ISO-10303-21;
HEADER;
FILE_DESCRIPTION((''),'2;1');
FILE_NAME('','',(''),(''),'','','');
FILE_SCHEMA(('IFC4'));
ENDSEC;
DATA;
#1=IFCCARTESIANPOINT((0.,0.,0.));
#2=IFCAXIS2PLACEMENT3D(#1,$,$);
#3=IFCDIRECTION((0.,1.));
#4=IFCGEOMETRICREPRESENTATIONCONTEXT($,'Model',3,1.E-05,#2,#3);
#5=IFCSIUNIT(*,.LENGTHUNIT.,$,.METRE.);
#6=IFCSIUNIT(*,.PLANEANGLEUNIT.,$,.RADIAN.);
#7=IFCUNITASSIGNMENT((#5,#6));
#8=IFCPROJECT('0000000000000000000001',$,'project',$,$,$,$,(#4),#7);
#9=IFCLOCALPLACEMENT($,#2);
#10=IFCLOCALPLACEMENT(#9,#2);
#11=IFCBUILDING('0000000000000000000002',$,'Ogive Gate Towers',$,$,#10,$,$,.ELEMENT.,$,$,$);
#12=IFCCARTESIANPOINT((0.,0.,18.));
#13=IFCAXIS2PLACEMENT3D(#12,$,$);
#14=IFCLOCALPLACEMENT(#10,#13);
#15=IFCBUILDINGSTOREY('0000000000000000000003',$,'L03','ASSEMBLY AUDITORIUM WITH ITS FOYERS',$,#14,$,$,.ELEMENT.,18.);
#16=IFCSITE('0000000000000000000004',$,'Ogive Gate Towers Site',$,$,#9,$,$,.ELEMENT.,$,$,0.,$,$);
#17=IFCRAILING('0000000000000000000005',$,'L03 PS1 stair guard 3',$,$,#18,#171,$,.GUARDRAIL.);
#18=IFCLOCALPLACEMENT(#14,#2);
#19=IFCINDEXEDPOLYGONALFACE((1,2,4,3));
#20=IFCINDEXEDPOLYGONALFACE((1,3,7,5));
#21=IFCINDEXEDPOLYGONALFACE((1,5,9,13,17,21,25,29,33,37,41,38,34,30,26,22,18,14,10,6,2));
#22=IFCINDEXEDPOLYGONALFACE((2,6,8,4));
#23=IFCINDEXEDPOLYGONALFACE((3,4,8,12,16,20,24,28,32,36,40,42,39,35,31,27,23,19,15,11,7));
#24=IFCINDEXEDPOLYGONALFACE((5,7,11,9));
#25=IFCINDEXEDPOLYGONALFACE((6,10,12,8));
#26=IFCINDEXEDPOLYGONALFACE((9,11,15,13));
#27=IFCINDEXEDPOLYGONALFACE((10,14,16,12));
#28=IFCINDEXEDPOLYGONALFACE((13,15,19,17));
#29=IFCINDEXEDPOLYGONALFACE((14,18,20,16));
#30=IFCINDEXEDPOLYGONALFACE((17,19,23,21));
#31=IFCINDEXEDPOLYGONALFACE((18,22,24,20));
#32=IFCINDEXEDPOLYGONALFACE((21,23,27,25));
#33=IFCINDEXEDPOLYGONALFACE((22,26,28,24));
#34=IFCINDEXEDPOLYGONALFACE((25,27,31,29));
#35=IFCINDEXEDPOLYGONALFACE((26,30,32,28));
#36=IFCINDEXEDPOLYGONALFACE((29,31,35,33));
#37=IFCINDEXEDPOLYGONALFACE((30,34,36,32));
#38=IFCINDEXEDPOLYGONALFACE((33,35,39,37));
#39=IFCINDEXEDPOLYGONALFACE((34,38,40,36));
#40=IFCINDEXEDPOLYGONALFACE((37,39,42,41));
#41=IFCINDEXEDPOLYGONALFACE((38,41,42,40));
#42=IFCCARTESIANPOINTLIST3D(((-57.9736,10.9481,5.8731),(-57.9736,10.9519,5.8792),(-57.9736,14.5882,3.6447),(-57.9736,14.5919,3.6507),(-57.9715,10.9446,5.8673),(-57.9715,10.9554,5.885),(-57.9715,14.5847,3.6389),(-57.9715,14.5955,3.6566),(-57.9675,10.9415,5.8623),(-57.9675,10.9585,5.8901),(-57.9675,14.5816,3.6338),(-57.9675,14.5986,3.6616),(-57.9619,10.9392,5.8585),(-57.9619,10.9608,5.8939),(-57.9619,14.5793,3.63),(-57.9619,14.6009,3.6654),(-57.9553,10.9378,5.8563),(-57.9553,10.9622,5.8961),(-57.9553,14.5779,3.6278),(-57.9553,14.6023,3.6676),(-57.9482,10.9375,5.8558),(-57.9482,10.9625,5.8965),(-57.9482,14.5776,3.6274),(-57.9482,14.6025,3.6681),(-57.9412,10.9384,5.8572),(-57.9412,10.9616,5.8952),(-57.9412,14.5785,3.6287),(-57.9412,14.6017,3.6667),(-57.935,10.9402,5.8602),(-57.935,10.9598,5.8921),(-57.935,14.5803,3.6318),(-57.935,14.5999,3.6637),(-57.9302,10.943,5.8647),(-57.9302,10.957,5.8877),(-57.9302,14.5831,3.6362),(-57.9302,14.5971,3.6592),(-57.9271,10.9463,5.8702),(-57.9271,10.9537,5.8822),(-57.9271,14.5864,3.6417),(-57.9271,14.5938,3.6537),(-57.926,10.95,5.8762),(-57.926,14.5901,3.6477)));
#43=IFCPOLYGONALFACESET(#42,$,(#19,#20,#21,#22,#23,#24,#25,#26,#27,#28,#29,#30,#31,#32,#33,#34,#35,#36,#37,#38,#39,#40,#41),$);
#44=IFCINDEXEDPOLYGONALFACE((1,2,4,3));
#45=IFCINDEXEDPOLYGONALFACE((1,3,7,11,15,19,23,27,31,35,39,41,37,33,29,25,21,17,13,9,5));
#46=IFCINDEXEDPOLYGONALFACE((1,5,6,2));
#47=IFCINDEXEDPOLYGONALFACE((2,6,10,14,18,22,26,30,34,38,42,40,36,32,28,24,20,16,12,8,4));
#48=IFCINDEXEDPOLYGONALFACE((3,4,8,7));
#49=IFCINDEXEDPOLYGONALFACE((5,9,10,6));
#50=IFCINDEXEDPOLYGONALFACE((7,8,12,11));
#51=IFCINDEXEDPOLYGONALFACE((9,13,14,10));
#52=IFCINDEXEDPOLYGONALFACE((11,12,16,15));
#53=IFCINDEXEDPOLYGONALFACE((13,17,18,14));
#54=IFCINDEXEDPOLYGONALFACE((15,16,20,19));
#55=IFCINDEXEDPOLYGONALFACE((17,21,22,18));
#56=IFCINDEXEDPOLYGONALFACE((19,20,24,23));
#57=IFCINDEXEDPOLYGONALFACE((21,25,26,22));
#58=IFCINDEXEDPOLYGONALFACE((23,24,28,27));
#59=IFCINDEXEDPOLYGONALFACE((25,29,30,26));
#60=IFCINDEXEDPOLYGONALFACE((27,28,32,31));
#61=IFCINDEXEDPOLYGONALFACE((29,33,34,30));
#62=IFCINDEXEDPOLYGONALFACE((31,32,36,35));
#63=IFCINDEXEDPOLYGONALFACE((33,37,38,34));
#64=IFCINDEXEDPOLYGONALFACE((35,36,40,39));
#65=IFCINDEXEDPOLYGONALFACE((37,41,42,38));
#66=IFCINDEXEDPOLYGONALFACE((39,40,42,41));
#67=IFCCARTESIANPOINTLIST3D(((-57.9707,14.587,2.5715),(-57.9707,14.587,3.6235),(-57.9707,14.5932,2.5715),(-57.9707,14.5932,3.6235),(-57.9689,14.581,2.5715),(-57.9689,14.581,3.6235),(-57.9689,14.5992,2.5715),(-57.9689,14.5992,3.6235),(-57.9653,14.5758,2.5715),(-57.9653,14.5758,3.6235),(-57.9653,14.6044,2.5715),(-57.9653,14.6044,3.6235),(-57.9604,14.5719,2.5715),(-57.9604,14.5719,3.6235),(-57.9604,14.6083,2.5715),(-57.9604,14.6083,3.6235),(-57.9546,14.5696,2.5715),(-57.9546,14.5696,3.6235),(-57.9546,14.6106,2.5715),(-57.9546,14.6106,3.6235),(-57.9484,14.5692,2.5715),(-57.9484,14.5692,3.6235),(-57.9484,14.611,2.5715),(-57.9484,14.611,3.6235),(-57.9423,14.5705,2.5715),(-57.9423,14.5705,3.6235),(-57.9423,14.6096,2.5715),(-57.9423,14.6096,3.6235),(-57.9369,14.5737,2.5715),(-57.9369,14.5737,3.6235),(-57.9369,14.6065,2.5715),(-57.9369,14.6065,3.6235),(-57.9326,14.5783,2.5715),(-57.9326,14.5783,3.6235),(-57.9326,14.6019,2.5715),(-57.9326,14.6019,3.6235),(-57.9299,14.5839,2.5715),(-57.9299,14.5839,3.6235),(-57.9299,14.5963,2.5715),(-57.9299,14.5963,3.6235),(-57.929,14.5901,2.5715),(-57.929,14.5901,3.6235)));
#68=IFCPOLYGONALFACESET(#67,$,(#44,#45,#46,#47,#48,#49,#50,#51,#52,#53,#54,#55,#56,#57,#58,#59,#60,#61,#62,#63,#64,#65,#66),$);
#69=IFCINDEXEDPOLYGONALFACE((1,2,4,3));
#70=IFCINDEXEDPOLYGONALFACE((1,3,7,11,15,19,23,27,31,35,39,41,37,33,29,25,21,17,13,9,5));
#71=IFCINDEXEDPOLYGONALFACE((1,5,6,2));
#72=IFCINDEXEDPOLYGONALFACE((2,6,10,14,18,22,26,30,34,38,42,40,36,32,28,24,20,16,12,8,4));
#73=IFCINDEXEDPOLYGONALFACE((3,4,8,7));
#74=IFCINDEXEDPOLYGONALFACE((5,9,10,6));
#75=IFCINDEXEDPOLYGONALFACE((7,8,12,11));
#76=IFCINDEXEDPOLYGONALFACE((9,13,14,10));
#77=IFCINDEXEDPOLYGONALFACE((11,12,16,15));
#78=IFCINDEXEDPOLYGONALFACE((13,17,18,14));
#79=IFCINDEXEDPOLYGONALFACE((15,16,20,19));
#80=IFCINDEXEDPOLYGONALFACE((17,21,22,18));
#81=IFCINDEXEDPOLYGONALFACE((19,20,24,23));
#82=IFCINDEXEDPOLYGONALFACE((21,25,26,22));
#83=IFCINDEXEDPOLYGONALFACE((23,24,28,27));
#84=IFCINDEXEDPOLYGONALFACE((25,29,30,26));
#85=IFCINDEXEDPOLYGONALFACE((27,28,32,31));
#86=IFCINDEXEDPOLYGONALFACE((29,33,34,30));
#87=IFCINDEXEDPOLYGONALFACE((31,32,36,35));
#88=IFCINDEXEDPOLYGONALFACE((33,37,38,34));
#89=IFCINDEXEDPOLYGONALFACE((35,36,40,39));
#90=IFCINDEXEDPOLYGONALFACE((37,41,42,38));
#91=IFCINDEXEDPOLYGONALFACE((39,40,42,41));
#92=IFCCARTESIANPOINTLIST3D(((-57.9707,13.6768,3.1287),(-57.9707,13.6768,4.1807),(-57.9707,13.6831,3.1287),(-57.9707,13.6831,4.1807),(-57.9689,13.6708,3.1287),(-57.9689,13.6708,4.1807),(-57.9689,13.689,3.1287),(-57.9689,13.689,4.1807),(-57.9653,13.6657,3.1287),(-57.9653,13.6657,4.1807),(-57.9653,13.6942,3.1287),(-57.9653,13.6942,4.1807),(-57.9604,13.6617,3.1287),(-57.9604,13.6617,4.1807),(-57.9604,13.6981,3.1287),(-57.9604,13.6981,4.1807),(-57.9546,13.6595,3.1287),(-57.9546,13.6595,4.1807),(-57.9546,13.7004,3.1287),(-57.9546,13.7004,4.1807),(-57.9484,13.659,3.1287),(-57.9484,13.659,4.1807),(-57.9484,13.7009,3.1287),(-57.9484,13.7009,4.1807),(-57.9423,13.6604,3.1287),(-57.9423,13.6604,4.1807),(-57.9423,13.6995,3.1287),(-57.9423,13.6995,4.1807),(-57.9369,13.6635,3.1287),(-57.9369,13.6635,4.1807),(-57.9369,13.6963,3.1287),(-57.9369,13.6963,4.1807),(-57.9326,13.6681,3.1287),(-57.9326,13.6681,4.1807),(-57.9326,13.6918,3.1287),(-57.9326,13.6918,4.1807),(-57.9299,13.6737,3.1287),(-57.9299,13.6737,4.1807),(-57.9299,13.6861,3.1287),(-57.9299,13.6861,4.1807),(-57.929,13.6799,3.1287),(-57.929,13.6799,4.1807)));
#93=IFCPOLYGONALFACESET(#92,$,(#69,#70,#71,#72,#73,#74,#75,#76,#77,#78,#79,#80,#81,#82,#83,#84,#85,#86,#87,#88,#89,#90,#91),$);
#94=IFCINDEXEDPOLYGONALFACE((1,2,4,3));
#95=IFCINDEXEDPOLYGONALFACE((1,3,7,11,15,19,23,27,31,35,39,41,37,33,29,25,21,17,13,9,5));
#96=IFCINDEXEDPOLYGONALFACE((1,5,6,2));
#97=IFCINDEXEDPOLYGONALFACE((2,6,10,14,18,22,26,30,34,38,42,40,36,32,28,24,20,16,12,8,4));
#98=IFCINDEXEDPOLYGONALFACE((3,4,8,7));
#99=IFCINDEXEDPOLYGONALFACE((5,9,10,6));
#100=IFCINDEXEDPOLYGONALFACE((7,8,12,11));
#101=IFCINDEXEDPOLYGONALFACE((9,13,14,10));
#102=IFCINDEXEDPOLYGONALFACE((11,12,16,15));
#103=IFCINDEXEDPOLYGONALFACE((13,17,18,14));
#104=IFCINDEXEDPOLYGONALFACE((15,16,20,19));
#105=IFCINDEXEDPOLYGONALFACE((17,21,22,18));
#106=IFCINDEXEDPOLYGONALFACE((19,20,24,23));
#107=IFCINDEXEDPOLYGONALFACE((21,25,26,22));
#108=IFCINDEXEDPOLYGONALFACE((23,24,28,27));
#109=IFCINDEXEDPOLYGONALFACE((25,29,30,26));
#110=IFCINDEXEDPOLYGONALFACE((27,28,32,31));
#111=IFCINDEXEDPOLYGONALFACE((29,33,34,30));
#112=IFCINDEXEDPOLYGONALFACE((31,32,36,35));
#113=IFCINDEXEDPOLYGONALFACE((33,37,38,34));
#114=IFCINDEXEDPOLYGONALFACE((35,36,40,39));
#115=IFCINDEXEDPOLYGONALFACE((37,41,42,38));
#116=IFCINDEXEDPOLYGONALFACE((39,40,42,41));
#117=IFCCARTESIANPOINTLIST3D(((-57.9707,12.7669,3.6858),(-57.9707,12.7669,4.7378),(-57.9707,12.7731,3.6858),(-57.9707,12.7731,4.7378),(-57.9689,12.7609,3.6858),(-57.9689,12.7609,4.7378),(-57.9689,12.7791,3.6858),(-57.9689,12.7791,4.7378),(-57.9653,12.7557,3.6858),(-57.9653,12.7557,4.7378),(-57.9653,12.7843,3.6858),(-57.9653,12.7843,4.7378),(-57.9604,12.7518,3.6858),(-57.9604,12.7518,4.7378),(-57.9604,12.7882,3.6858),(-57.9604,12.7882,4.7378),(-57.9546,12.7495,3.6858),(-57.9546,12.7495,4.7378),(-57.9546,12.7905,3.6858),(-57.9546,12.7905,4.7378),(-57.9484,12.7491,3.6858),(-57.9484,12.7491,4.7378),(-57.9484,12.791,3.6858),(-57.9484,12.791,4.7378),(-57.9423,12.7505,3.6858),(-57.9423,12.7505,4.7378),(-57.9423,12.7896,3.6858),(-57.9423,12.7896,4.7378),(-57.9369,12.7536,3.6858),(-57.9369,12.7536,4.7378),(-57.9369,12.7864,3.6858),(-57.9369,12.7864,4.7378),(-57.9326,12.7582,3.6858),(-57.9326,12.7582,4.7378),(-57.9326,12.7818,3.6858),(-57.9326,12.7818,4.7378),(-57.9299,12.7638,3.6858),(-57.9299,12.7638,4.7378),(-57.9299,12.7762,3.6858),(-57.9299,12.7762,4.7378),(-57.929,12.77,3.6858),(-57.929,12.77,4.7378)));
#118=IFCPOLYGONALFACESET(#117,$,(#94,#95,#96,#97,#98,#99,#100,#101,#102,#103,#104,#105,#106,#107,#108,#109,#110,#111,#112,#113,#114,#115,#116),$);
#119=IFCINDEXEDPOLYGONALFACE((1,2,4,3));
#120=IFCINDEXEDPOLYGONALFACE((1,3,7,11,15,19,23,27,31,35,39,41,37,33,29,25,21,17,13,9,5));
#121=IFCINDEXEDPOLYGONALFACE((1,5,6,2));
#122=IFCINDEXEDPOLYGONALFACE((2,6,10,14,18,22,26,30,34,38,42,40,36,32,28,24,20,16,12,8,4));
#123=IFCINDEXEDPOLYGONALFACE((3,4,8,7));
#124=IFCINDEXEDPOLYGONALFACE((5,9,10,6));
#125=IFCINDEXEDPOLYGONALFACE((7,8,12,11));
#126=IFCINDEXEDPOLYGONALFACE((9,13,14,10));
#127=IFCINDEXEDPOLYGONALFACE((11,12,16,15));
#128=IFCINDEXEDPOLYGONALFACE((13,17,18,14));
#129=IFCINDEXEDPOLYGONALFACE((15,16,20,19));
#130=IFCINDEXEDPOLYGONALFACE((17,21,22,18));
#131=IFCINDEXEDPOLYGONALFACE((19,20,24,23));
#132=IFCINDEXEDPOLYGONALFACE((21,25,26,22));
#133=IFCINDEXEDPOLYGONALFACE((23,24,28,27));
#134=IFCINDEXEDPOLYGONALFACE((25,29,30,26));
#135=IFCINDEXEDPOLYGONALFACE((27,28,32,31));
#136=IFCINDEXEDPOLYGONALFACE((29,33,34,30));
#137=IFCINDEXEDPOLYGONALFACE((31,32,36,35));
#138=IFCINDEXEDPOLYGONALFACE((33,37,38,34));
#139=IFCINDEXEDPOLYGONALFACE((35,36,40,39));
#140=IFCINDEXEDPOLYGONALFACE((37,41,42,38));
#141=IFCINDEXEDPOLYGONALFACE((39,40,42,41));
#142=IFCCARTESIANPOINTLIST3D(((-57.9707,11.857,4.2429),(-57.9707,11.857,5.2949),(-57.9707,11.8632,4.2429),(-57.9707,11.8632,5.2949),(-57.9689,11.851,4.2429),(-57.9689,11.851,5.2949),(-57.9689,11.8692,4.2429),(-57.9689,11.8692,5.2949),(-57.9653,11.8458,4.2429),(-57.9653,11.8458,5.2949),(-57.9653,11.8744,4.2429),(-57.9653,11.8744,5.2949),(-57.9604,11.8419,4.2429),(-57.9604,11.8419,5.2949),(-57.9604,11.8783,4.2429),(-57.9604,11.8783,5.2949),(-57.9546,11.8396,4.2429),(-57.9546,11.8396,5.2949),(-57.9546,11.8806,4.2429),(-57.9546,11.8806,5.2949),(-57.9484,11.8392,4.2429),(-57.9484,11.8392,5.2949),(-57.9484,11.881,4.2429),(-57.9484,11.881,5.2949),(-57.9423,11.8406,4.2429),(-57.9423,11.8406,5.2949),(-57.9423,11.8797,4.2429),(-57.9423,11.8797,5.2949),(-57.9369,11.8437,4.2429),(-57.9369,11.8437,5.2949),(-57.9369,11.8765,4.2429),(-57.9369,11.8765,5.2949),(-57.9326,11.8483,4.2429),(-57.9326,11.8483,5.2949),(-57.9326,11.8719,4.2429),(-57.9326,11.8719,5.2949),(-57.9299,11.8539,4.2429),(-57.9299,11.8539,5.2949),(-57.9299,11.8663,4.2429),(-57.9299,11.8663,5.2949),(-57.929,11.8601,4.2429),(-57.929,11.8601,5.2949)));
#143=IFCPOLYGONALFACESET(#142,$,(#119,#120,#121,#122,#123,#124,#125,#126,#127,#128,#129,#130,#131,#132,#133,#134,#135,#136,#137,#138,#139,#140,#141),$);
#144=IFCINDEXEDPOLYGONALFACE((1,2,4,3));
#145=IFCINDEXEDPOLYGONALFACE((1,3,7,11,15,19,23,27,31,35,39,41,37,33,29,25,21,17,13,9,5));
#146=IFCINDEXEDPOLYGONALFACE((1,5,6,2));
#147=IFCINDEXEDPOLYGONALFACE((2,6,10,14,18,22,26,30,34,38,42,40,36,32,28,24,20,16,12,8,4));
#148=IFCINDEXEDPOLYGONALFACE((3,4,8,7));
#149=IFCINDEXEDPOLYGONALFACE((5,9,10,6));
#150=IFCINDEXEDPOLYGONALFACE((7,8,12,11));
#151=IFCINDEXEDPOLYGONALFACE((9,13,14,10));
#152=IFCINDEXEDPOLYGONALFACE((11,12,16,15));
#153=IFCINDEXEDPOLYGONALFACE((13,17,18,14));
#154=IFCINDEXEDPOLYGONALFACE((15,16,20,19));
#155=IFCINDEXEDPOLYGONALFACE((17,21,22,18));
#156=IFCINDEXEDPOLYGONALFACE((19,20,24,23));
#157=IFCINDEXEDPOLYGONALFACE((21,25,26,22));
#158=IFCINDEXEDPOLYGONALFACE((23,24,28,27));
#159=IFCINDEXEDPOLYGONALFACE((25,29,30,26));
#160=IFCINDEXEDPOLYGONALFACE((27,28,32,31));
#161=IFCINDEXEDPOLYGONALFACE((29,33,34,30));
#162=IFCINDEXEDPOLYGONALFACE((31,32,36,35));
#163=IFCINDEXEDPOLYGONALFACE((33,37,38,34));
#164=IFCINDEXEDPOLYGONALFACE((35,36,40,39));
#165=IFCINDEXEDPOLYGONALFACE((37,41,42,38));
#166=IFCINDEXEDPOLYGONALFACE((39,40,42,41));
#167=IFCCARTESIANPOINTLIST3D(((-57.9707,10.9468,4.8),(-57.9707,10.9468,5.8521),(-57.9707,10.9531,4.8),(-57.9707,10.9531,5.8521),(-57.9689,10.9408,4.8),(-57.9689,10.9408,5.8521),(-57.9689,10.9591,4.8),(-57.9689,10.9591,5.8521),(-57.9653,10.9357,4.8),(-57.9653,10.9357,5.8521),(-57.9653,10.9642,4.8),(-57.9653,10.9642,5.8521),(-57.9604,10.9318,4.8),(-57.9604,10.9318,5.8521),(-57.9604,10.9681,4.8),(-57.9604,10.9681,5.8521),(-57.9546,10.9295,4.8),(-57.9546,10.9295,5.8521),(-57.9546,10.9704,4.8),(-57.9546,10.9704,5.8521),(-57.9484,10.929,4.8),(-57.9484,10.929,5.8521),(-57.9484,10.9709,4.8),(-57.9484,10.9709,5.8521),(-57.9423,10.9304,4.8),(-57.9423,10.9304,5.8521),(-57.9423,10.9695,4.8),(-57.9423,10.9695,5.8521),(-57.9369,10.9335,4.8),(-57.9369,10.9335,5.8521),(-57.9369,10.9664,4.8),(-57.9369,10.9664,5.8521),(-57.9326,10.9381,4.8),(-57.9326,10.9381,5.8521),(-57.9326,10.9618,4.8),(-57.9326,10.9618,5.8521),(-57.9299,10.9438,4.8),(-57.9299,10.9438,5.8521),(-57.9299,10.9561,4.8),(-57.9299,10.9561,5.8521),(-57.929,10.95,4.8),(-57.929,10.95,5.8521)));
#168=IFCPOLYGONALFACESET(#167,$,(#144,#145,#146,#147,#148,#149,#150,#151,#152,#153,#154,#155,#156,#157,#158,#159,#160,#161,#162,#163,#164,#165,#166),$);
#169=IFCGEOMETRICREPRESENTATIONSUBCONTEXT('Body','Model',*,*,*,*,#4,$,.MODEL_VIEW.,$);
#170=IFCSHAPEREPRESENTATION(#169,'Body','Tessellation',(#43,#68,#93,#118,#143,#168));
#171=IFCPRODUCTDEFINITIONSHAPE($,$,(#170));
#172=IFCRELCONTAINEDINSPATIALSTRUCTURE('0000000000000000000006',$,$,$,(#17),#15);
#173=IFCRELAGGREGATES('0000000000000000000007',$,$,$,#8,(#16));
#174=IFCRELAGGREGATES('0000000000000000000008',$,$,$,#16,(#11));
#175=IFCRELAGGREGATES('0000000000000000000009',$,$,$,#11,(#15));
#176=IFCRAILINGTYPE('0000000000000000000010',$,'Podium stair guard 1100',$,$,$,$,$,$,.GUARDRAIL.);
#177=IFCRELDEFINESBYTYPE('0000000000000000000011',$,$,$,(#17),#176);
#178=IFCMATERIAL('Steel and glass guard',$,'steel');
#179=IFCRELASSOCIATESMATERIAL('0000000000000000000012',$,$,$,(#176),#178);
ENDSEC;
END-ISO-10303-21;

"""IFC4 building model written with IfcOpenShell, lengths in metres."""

from ifc_helpers import new_model, si_unit, direction, frame, origin, origin_2d, place, context, subcontext, project, spatial, circle, extrude, material, type_object, element, save


model = new_model("IFC4")

# Units and contexts
model_context = context("Model", 3, precision=1e-05, world=origin(), true_north=direction((0.0, 1.0)))
body_context = subcontext(model_context, "Body", "Model", "MODEL_VIEW")
ifc_project = project(units=[si_unit("LENGTHUNIT", "METRE"), si_unit("PLANEANGLEUNIT", "RADIAN")], contexts=[model_context])

# Site, building, storey
site_placement = place(None, origin())
site = spatial("IfcSite", under=ifc_project, at=site_placement, Name="Ogive Gate Towers Site", CompositionType="ELEMENT", RefElevation=0.0)
building_placement = place(site_placement, origin())
building = spatial("IfcBuilding", under=site, at=building_placement, Name="Ogive Gate Towers", CompositionType="ELEMENT")
storey_placement = place(building_placement, frame((0.0, 0.0, 18.0)))
storey = spatial("IfcBuildingStorey", under=building, at=storey_placement, Name="L03", Description="ASSEMBLY AUDITORIUM WITH ITS FOYERS", CompositionType="ELEMENT", Elevation=18.0)

# Railing
ifc_material_1 = material(Name="Steel and glass guard", Category="steel")
railing_type_1 = type_object("IfcRailingType", Name="Podium stair guard 1100", PredefinedType="GUARDRAIL", material=ifc_material_1)
railing_1_placement = place(storey_placement, frame((-57.95, 14.5901, 2.5715)))
element("IfcRailing", 1, at=railing_1_placement, inside=storey, type_object=railing_type_1, Name="L03 PS1 stair guard 3", PredefinedType="GUARDRAIL", context=body_context, shape_type="SweptSolid", body=[
    extrude(circle(Radius=0.0239, at=origin_2d()), frame((0.0, 0.0, 1.0762), z_axis=(0.0, -0.852866, 0.52213), x_axis=(1.0, 0.0, 0.0)), (0.0, 0.0, 1.0), 4.2681),
    extrude(circle(Radius=0.021, at=origin_2d()), origin(), (0.0, 0.0, 1.0), 1.052),
    extrude(circle(Radius=0.021, at=origin_2d()), frame((0.0, -0.9102, 0.5571)), (0.0, 0.0, 1.0), 1.052),
    extrude(circle(Radius=0.021, at=origin_2d()), frame((0.0, -1.8201, 1.1143)), (0.0, 0.0, 1.0), 1.052),
    extrude(circle(Radius=0.021, at=origin_2d()), frame((0.0, -2.73, 1.6714)), (0.0, 0.0, 1.0), 1.052),
    extrude(circle(Radius=0.021, at=origin_2d()), frame((0.0, -3.6401, 2.2285)), (0.0, 0.0, 1.0), 1.052),
])

save(model, "model.ifc")
